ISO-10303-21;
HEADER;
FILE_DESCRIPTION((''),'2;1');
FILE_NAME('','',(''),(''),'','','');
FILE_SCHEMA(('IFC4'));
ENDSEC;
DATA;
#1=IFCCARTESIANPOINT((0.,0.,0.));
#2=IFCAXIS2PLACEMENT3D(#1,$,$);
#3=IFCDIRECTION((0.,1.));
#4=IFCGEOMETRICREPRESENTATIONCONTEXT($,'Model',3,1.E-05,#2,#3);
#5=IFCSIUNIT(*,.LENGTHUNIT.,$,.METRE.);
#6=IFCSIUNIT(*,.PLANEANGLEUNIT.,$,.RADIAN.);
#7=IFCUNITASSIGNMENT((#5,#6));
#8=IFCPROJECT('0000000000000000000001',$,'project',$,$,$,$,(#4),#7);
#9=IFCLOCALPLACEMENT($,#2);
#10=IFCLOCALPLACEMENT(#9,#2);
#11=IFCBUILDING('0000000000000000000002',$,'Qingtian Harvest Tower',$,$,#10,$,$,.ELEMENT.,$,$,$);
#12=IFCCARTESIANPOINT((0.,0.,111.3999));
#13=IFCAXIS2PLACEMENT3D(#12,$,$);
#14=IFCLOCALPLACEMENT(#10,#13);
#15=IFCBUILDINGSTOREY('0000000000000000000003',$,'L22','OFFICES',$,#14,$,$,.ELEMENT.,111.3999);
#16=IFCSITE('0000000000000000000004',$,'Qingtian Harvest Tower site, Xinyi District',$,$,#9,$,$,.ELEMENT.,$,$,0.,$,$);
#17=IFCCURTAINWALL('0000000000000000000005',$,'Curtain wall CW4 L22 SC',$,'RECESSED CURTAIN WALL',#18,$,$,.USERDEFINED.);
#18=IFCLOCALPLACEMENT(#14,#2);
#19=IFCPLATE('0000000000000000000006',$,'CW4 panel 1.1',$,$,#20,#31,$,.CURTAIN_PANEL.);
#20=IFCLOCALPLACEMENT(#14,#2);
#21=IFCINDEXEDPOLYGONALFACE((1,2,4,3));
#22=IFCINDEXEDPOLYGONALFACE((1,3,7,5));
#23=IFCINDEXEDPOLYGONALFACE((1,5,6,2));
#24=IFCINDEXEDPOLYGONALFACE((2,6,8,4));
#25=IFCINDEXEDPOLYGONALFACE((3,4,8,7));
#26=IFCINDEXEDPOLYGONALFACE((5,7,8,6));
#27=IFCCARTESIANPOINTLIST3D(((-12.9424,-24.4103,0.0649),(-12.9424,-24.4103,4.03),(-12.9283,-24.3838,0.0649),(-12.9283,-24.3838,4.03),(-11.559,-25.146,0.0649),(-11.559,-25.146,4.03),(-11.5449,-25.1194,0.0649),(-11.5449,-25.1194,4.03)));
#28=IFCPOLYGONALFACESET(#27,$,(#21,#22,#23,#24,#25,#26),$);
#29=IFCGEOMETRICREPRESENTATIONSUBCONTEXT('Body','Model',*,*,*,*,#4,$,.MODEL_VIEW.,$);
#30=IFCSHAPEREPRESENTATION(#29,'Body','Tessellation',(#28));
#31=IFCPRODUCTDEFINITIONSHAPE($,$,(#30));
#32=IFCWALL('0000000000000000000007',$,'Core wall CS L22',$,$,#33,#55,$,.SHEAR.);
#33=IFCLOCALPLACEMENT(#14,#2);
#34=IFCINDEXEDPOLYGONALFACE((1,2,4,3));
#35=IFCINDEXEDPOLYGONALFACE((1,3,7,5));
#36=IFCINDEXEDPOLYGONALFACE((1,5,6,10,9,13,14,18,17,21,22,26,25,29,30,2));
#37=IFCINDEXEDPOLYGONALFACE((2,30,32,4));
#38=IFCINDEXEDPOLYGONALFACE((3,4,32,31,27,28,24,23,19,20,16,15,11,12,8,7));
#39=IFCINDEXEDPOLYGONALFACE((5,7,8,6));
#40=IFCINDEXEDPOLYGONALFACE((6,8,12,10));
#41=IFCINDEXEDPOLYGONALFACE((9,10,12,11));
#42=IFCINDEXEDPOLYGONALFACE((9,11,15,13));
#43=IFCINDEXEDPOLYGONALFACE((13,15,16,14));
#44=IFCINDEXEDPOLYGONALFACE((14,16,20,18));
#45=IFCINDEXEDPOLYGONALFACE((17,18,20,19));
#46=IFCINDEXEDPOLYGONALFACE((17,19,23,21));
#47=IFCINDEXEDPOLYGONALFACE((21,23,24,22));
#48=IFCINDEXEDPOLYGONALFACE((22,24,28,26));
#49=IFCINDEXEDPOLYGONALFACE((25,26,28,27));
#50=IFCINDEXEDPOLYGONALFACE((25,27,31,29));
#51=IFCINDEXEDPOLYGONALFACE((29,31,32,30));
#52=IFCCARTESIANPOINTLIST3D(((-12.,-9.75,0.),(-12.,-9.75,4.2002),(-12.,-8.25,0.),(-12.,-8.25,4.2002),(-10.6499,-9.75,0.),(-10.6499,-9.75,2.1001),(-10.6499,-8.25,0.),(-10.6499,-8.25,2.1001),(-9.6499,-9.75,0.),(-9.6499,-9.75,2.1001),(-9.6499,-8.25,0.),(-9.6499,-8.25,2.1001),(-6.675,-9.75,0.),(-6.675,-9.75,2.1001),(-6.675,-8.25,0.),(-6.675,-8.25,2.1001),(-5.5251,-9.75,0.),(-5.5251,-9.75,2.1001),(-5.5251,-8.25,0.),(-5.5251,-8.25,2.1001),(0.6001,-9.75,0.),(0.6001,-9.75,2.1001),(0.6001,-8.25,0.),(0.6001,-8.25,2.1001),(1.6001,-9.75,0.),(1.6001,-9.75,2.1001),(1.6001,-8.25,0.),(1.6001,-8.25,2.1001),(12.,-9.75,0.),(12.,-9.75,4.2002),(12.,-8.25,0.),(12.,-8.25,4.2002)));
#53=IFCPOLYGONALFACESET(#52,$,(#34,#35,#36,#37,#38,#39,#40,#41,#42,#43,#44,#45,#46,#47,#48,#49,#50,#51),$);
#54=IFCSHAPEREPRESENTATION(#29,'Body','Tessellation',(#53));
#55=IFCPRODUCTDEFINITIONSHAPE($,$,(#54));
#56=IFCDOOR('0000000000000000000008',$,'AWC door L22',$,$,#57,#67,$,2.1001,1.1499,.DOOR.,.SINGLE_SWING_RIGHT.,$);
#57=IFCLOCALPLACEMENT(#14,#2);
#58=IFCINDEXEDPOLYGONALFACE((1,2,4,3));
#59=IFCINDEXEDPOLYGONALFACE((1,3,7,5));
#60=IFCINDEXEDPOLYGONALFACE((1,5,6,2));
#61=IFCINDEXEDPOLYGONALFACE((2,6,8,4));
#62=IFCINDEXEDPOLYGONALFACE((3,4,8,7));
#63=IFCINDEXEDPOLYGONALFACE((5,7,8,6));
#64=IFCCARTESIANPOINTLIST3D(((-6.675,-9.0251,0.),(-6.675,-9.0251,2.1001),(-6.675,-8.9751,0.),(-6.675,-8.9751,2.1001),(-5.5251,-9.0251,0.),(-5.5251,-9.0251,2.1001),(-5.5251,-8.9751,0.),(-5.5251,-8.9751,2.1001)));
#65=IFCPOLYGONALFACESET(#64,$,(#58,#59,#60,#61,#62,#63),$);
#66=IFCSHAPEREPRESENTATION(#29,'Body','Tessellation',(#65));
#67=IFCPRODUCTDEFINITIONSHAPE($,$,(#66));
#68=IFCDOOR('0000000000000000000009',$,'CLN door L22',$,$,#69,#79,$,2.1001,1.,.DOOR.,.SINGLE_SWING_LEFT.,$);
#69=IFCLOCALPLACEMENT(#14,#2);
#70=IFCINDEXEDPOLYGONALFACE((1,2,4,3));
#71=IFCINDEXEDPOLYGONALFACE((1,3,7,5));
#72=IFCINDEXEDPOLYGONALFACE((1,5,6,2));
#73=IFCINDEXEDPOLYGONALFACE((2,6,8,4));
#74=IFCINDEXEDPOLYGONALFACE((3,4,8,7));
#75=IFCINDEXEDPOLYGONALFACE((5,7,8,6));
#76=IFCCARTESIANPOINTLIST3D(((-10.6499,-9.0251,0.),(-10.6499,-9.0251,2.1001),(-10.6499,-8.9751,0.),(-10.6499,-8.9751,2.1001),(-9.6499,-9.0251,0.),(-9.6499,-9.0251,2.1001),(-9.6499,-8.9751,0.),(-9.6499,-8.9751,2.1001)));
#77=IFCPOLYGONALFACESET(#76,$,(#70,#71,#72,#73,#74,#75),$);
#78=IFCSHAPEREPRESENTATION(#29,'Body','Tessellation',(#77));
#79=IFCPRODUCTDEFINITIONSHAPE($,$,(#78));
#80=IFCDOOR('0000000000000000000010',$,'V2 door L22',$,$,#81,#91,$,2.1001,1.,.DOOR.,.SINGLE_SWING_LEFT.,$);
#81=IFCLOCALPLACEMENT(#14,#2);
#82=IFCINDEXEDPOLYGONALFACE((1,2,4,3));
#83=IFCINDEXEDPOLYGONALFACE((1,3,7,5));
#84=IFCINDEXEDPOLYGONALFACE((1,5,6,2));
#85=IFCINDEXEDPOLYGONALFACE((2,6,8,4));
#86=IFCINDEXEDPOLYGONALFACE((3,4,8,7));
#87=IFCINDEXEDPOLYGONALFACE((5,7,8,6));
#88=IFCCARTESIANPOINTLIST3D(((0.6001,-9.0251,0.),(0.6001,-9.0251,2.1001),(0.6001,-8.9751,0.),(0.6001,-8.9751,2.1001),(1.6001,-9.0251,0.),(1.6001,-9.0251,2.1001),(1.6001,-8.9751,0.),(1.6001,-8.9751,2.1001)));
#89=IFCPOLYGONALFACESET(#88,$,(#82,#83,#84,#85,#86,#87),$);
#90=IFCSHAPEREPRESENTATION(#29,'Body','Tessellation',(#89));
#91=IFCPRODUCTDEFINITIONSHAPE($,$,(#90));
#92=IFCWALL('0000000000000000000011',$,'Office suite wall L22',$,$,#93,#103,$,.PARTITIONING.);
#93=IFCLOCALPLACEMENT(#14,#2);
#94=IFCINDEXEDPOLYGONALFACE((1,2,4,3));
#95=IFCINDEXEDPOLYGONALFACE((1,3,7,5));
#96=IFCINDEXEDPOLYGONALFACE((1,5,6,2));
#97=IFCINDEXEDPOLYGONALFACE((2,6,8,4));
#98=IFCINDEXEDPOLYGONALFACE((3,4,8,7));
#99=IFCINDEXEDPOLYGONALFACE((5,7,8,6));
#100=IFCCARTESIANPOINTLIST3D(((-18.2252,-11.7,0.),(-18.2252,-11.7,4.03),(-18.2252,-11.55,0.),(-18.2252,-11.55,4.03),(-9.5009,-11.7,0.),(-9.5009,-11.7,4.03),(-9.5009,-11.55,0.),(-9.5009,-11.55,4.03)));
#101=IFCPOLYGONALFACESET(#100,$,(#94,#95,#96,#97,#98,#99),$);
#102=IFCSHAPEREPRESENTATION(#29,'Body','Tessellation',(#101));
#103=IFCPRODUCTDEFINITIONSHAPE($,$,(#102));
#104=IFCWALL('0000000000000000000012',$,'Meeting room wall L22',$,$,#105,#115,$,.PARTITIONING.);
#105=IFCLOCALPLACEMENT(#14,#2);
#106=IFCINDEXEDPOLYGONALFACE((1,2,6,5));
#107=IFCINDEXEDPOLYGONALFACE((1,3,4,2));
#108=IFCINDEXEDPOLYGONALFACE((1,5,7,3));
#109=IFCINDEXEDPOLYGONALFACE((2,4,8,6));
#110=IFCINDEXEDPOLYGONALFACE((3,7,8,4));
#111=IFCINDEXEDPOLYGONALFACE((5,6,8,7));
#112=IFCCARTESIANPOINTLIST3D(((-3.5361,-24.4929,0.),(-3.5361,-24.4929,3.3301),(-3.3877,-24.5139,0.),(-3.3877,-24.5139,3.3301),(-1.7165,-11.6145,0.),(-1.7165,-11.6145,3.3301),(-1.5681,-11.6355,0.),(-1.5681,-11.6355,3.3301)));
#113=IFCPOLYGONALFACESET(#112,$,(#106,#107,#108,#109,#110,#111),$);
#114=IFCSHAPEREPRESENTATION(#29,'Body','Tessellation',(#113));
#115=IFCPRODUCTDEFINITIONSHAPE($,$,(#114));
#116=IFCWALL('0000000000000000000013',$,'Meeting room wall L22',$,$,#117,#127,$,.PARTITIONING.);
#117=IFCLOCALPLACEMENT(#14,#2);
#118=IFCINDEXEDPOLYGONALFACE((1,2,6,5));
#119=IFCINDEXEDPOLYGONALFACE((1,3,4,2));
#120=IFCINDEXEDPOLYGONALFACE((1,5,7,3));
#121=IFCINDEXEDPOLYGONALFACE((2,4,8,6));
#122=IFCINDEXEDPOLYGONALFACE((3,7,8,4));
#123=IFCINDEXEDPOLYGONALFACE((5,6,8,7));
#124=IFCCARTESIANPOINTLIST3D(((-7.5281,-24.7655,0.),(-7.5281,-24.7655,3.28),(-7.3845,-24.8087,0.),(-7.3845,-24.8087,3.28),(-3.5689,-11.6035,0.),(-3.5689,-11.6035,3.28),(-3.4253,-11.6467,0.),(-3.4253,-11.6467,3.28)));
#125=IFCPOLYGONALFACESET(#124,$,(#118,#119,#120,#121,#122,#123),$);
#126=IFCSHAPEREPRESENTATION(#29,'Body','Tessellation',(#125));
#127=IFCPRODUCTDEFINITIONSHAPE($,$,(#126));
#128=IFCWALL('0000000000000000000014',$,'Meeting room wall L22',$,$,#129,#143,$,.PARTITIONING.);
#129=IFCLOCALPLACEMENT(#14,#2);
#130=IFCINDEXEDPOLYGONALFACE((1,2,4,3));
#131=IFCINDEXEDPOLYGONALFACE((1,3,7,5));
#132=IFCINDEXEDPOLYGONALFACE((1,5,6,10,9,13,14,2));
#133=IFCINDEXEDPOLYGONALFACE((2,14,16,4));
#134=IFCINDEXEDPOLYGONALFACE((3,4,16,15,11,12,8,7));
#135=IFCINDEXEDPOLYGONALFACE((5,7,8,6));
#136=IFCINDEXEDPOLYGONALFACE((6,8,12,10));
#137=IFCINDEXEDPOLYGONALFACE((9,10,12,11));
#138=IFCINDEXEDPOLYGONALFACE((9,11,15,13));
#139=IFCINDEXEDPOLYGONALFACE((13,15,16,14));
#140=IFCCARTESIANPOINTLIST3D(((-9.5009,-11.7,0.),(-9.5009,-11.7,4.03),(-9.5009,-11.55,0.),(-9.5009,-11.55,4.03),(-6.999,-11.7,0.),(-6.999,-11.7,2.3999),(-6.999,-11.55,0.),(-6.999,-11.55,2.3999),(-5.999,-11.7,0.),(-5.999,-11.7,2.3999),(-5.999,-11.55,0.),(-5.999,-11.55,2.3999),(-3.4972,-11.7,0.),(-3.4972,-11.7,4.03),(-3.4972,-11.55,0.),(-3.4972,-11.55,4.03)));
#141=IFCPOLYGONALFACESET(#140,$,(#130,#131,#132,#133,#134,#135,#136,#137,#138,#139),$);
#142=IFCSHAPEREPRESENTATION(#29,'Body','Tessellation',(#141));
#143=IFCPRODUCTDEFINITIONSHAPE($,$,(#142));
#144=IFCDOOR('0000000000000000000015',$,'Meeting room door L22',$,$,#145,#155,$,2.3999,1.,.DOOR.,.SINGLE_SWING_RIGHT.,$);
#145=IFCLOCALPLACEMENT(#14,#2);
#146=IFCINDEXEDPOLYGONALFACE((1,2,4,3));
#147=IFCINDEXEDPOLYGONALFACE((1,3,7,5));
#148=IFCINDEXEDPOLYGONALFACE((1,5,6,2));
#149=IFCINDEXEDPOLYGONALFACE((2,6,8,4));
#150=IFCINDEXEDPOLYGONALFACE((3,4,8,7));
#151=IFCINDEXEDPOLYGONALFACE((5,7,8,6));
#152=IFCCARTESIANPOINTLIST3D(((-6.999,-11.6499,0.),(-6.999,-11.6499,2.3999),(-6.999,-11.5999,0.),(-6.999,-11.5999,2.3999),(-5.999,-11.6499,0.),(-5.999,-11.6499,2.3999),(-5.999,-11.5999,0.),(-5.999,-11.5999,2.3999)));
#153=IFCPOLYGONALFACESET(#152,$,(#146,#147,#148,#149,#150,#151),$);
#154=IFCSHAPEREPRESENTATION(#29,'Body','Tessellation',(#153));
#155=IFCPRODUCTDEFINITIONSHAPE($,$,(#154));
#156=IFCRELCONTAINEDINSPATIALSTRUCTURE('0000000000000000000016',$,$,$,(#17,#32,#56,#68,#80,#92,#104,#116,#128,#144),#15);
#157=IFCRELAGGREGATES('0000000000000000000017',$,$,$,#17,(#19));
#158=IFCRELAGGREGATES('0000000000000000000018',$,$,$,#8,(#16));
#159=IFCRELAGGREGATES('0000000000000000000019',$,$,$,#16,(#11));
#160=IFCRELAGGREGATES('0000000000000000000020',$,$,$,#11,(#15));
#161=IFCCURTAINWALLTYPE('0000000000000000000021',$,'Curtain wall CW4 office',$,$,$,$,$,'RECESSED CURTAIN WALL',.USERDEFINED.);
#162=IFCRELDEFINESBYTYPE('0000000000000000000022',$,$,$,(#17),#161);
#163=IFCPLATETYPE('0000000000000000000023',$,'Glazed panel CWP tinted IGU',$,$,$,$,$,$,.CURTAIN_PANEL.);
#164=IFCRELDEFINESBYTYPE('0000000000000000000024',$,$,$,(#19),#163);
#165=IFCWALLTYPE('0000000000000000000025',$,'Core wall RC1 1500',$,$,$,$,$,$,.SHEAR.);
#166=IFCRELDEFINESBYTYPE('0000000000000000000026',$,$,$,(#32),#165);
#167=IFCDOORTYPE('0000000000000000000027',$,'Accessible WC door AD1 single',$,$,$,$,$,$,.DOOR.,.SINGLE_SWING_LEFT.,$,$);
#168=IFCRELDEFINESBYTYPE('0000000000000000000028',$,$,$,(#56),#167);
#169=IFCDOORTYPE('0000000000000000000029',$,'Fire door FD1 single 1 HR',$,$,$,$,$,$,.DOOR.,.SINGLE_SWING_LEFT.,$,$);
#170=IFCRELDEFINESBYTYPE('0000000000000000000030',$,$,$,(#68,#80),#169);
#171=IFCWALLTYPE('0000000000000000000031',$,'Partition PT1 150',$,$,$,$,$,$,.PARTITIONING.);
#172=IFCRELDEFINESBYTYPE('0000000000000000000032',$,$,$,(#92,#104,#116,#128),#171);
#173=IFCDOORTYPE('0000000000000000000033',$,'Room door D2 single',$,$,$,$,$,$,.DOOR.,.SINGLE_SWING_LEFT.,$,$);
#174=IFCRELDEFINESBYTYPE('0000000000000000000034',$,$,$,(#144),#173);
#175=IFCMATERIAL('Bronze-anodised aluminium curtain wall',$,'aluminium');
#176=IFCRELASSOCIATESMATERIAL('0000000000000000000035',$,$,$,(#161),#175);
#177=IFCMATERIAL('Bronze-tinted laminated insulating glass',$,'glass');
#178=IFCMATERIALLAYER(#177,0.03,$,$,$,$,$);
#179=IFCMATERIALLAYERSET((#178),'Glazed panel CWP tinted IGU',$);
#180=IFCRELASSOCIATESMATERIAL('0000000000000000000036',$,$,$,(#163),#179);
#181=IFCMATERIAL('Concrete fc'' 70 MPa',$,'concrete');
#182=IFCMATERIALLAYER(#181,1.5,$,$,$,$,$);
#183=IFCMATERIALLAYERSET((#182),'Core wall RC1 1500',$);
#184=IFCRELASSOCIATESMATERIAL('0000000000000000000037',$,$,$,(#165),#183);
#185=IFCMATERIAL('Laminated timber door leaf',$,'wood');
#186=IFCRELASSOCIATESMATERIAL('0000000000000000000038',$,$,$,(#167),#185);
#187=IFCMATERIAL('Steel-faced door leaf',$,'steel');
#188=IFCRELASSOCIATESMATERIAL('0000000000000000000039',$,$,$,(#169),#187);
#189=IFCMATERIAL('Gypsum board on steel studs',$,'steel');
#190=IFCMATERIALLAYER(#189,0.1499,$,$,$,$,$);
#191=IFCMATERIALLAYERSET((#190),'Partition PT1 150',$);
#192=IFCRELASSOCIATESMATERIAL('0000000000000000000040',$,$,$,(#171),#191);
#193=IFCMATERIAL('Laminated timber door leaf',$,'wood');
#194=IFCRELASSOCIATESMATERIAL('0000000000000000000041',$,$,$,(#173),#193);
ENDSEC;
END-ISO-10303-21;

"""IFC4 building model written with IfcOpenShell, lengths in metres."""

from ifc_helpers import new_model, si_unit, direction, frame, frame_2d, origin, origin_2d, place, context, subcontext, project, spatial, rectangle, extrude, material, layer, layer_set, type_object, element, fill, aggregate, save


model = new_model("IFC4")

# Units and contexts
model_context = context("Model", 3, precision=1e-05, world=origin(), true_north=direction((0.0, 1.0)))
body_context = subcontext(model_context, "Body", "Model", "MODEL_VIEW")
ifc_project = project(units=[si_unit("LENGTHUNIT", "METRE"), si_unit("PLANEANGLEUNIT", "RADIAN")], contexts=[model_context])

# Site, building, storey
site_placement = place(None, origin())
site = spatial("IfcSite", under=ifc_project, at=site_placement, Name="Qingtian Harvest Tower site, Xinyi District", CompositionType="ELEMENT", RefElevation=0.0)
building_placement = place(site_placement, origin())
building = spatial("IfcBuilding", under=site, at=building_placement, Name="Qingtian Harvest Tower", CompositionType="ELEMENT")
storey_placement = place(building_placement, frame((0.0, 0.0, 111.3999)))
storey = spatial("IfcBuildingStorey", under=building, at=storey_placement, Name="L22", Description="OFFICES", CompositionType="ELEMENT", Elevation=111.3999)

# Shared definitions
ifc_material_1 = material(Name="Bronze-anodised aluminium curtain wall", Category="aluminium")
curtain_wall_type = type_object("IfcCurtainWallType", Name="Curtain wall CW4 office", ElementType="RECESSED CURTAIN WALL", PredefinedType="USERDEFINED", material=ifc_material_1)

# Curtain wall
curtain_wall_1_placement = place(storey_placement, origin())
curtain_wall_1 = element("IfcCurtainWall", 1, at=curtain_wall_1_placement, inside=storey, type_object=curtain_wall_type, Name="Curtain wall CW4 L22 SC", ObjectType="RECESSED CURTAIN WALL", PredefinedType="USERDEFINED")

# Plate
ifc_material_2 = material(Name="Bronze-tinted laminated insulating glass", Category="glass")
ifc_layer_1 = layer(ifc_material_2, 0.03)
ifc_layer_set_1 = layer_set([ifc_layer_1], Name="Glazed panel CWP tinted IGU")
plate_type = type_object("IfcPlateType", Name="Glazed panel CWP tinted IGU", PredefinedType="CURTAIN_PANEL", material=ifc_layer_set_1)
plate_1_placement = place(storey_placement, frame((-12.2437, -24.7649, 0.0649), z_axis=(0.0, 0.0, 1.0), x_axis=(-0.882948, 0.469472, 0.0)))
plate_1 = element("IfcPlate", 2, at=plate_1_placement, type_object=plate_type, Name="CW4 panel 1.1", PredefinedType="CURTAIN_PANEL", context=body_context, shape_type="SweptSolid", body=[
    extrude(rectangle(XDim=1.5669, YDim=0.03, at=origin_2d()), origin(), (0.0, 0.0, 1.0), 3.9651),
])
aggregate(curtain_wall_1, [plate_1])

# Wall, openings, doors
ifc_material_3 = material(Name="Concrete fc' 70 MPa", Category="concrete")
ifc_layer_2 = layer(ifc_material_3, 1.5)
ifc_layer_set_2 = layer_set([ifc_layer_2], Name="Core wall RC1 1500")
wall_type_1 = type_object("IfcWallType", Name="Core wall RC1 1500", PredefinedType="SHEAR", material=ifc_layer_set_2)
wall_1_placement = place(storey_placement, frame((-12.0, -9.0, 0.0), z_axis=(0.0, 0.0, 1.0), x_axis=(1.0, 0.0, 0.0)))
wall_1 = element("IfcWall", 3, at=wall_1_placement, inside=storey, type_object=wall_type_1, Name="Core wall CS L22", PredefinedType="SHEAR", context=body_context, shape_type="SweptSolid", body=[
    extrude(rectangle(XDim=24.0, YDim=1.5, at=frame_2d((12.0, 0.0))), origin(), (0.0, 0.0, 1.0), 4.2002),
])
opening_1_placement = place(wall_1_placement, frame((1.3501, 0.0, 0.0)))
opening_1 = element("IfcOpeningElement", 4, at=opening_1_placement, cuts=wall_1, PredefinedType="OPENING", context=body_context, shape_type="SweptSolid", body=[
    extrude(rectangle(XDim=1.0, YDim=2.1001, at=frame_2d((0.5, 1.05))), frame((0.0, 0.76, 0.0), z_axis=(0.0, -1.0, 0.0), x_axis=(1.0, 0.0, 0.0)), (0.0, 0.0, 1.0), 1.52),
])
opening_2_placement = place(wall_1_placement, frame((5.325, 0.0, 0.0)))
opening_2 = element("IfcOpeningElement", 5, at=opening_2_placement, cuts=wall_1, PredefinedType="OPENING", context=body_context, shape_type="SweptSolid", body=[
    extrude(rectangle(XDim=1.1499, YDim=2.1001, at=frame_2d((0.575, 1.05))), frame((0.0, 0.76, 0.0), z_axis=(0.0, -1.0, 0.0), x_axis=(1.0, 0.0, 0.0)), (0.0, 0.0, 1.0), 1.52),
])
opening_3_placement = place(wall_1_placement, frame((12.6001, 0.0, 0.0)))
opening_3 = element("IfcOpeningElement", 6, at=opening_3_placement, cuts=wall_1, PredefinedType="OPENING", context=body_context, shape_type="SweptSolid", body=[
    extrude(rectangle(XDim=1.0, YDim=2.1001, at=frame_2d((0.5, 1.05))), frame((0.0, 0.76, 0.0), z_axis=(0.0, -1.0, 0.0), x_axis=(1.0, 0.0, 0.0)), (0.0, 0.0, 1.0), 1.52),
])
ifc_material_4 = material(Name="Laminated timber door leaf", Category="wood")
door_type_1 = type_object("IfcDoorType", Name="Accessible WC door AD1 single", OperationType="SINGLE_SWING_LEFT", PredefinedType="DOOR", material=ifc_material_4)
door_1_placement = place(opening_2_placement, origin())
door_1 = element("IfcDoor", 7, at=door_1_placement, inside=storey, type_object=door_type_1, Name="AWC door L22", OperationType="SINGLE_SWING_RIGHT", OverallHeight=2.1001, OverallWidth=1.1499, PredefinedType="DOOR", context=body_context, shape_type="SweptSolid", body=[
    extrude(rectangle(XDim=1.1499, YDim=2.1001, at=frame_2d((0.575, 1.05))), frame((0.0, 0.0249, 0.0), z_axis=(0.0, -1.0, 0.0), x_axis=(1.0, 0.0, 0.0)), (0.0, 0.0, 1.0), 0.05),
])
fill(opening_2, door_1)
ifc_material_5 = material(Name="Steel-faced door leaf", Category="steel")
door_type_2 = type_object("IfcDoorType", Name="Fire door FD1 single 1 HR", OperationType="SINGLE_SWING_LEFT", PredefinedType="DOOR", material=ifc_material_5)
door_2_placement = place(opening_1_placement, origin())
door_2 = element("IfcDoor", 8, at=door_2_placement, inside=storey, type_object=door_type_2, Name="CLN door L22", OperationType="SINGLE_SWING_LEFT", OverallHeight=2.1001, OverallWidth=1.0, PredefinedType="DOOR", context=body_context, shape_type="SweptSolid", body=[
    extrude(rectangle(XDim=1.0, YDim=2.1001, at=frame_2d((0.5, 1.05))), frame((0.0, 0.0249, 0.0), z_axis=(0.0, -1.0, 0.0), x_axis=(1.0, 0.0, 0.0)), (0.0, 0.0, 1.0), 0.05),
])
fill(opening_1, door_2)
door_3_placement = place(opening_3_placement, origin())
door_3 = element("IfcDoor", 9, at=door_3_placement, inside=storey, type_object=door_type_2, Name="V2 door L22", OperationType="SINGLE_SWING_LEFT", OverallHeight=2.1001, OverallWidth=1.0, PredefinedType="DOOR", context=body_context, shape_type="SweptSolid", body=[
    extrude(rectangle(XDim=1.0, YDim=2.1001, at=frame_2d((0.5, 1.05))), frame((0.0, 0.0249, 0.0), z_axis=(0.0, -1.0, 0.0), x_axis=(1.0, 0.0, 0.0)), (0.0, 0.0, 1.0), 0.05),
])
fill(opening_3, door_3)

# Walls
ifc_material_6 = material(Name="Gypsum board on steel studs", Category="steel")
ifc_layer_3 = layer(ifc_material_6, 0.1499)
ifc_layer_set_3 = layer_set([ifc_layer_3], Name="Partition PT1 150")
wall_type_2 = type_object("IfcWallType", Name="Partition PT1 150", PredefinedType="PARTITIONING", material=ifc_layer_set_3)
wall_2_placement = place(storey_placement, frame((-9.5007, -11.625, 0.0), z_axis=(0.0, 0.0, 1.0), x_axis=(-1.0, 0.0, 0.0)))
element("IfcWall", 10, at=wall_2_placement, inside=storey, type_object=wall_type_2, Name="Office suite wall L22", PredefinedType="PARTITIONING", context=body_context, shape_type="SweptSolid", body=[
    extrude(rectangle(XDim=8.7244, YDim=0.1499, at=frame_2d((4.3623, 0.0))), origin(), (0.0, 0.0, 1.0), 4.03),
])
wall_3_placement = place(storey_placement, frame((-3.4619, -24.5034, 0.0), z_axis=(0.0, 0.0, 1.0), x_axis=(0.1399, 0.990166, 0.0)))
element("IfcWall", 11, at=wall_3_placement, inside=storey, type_object=wall_type_2, Name="Meeting room wall L22", PredefinedType="PARTITIONING", context=body_context, shape_type="SweptSolid", body=[
    extrude(rectangle(XDim=13.0063, YDim=0.1499, at=frame_2d((6.5032, 0.0))), origin(), (0.0, 0.0, 1.0), 3.3301),
])

# Shared definitions
ifc_material_7 = material(Name="Laminated timber door leaf", Category="wood")
door_type_3 = type_object("IfcDoorType", Name="Room door D2 single", OperationType="SINGLE_SWING_LEFT", PredefinedType="DOOR", material=ifc_material_7)

# Wall
wall_4_placement = place(storey_placement, frame((-7.4563, -24.7871, 0.0), z_axis=(0.0, 0.0, 1.0), x_axis=(0.288055, 0.957614, 0.0)))
element("IfcWall", 12, at=wall_4_placement, inside=storey, type_object=wall_type_2, Name="Meeting room wall L22", PredefinedType="PARTITIONING", context=body_context, shape_type="SweptSolid", body=[
    extrude(rectangle(XDim=13.7446, YDim=0.1499, at=frame_2d((6.8723, 0.0))), origin(), (0.0, 0.0, 1.0), 3.28),
])

# Wall, opening, door
wall_5_placement = place(storey_placement, frame((-3.4971, -11.625, 0.0), z_axis=(0.0, 0.0, 1.0), x_axis=(-1.0, 0.0, 0.0)))
wall_5 = element("IfcWall", 13, at=wall_5_placement, inside=storey, type_object=wall_type_2, Name="Meeting room wall L22", PredefinedType="PARTITIONING", context=body_context, shape_type="SweptSolid", body=[
    extrude(rectangle(XDim=6.0037, YDim=0.1499, at=frame_2d((3.002, 0.0))), origin(), (0.0, 0.0, 1.0), 4.03),
])
opening_4_placement = place(wall_5_placement, frame((2.502, 0.0, 0.0)))
opening_4 = element("IfcOpeningElement", 14, at=opening_4_placement, cuts=wall_5, PredefinedType="OPENING", context=body_context, shape_type="SweptSolid", body=[
    extrude(rectangle(XDim=1.0, YDim=2.3999, at=frame_2d((0.5, 1.2))), frame((0.0, 0.085, 0.0), z_axis=(0.0, -1.0, 0.0), x_axis=(1.0, 0.0, 0.0)), (0.0, 0.0, 1.0), 0.1699),
])
door_4_placement = place(opening_4_placement, origin())
door_4 = element("IfcDoor", 15, at=door_4_placement, inside=storey, type_object=door_type_3, Name="Meeting room door L22", OperationType="SINGLE_SWING_RIGHT", OverallHeight=2.3999, OverallWidth=1.0, PredefinedType="DOOR", context=body_context, shape_type="SweptSolid", body=[
    extrude(rectangle(XDim=1.0, YDim=2.3999, at=frame_2d((0.5, 1.2))), frame((0.0, 0.0249, 0.0), z_axis=(0.0, -1.0, 0.0), x_axis=(1.0, 0.0, 0.0)), (0.0, 0.0, 1.0), 0.05),
])
fill(opening_4, door_4)

save(model, "model.ifc")
